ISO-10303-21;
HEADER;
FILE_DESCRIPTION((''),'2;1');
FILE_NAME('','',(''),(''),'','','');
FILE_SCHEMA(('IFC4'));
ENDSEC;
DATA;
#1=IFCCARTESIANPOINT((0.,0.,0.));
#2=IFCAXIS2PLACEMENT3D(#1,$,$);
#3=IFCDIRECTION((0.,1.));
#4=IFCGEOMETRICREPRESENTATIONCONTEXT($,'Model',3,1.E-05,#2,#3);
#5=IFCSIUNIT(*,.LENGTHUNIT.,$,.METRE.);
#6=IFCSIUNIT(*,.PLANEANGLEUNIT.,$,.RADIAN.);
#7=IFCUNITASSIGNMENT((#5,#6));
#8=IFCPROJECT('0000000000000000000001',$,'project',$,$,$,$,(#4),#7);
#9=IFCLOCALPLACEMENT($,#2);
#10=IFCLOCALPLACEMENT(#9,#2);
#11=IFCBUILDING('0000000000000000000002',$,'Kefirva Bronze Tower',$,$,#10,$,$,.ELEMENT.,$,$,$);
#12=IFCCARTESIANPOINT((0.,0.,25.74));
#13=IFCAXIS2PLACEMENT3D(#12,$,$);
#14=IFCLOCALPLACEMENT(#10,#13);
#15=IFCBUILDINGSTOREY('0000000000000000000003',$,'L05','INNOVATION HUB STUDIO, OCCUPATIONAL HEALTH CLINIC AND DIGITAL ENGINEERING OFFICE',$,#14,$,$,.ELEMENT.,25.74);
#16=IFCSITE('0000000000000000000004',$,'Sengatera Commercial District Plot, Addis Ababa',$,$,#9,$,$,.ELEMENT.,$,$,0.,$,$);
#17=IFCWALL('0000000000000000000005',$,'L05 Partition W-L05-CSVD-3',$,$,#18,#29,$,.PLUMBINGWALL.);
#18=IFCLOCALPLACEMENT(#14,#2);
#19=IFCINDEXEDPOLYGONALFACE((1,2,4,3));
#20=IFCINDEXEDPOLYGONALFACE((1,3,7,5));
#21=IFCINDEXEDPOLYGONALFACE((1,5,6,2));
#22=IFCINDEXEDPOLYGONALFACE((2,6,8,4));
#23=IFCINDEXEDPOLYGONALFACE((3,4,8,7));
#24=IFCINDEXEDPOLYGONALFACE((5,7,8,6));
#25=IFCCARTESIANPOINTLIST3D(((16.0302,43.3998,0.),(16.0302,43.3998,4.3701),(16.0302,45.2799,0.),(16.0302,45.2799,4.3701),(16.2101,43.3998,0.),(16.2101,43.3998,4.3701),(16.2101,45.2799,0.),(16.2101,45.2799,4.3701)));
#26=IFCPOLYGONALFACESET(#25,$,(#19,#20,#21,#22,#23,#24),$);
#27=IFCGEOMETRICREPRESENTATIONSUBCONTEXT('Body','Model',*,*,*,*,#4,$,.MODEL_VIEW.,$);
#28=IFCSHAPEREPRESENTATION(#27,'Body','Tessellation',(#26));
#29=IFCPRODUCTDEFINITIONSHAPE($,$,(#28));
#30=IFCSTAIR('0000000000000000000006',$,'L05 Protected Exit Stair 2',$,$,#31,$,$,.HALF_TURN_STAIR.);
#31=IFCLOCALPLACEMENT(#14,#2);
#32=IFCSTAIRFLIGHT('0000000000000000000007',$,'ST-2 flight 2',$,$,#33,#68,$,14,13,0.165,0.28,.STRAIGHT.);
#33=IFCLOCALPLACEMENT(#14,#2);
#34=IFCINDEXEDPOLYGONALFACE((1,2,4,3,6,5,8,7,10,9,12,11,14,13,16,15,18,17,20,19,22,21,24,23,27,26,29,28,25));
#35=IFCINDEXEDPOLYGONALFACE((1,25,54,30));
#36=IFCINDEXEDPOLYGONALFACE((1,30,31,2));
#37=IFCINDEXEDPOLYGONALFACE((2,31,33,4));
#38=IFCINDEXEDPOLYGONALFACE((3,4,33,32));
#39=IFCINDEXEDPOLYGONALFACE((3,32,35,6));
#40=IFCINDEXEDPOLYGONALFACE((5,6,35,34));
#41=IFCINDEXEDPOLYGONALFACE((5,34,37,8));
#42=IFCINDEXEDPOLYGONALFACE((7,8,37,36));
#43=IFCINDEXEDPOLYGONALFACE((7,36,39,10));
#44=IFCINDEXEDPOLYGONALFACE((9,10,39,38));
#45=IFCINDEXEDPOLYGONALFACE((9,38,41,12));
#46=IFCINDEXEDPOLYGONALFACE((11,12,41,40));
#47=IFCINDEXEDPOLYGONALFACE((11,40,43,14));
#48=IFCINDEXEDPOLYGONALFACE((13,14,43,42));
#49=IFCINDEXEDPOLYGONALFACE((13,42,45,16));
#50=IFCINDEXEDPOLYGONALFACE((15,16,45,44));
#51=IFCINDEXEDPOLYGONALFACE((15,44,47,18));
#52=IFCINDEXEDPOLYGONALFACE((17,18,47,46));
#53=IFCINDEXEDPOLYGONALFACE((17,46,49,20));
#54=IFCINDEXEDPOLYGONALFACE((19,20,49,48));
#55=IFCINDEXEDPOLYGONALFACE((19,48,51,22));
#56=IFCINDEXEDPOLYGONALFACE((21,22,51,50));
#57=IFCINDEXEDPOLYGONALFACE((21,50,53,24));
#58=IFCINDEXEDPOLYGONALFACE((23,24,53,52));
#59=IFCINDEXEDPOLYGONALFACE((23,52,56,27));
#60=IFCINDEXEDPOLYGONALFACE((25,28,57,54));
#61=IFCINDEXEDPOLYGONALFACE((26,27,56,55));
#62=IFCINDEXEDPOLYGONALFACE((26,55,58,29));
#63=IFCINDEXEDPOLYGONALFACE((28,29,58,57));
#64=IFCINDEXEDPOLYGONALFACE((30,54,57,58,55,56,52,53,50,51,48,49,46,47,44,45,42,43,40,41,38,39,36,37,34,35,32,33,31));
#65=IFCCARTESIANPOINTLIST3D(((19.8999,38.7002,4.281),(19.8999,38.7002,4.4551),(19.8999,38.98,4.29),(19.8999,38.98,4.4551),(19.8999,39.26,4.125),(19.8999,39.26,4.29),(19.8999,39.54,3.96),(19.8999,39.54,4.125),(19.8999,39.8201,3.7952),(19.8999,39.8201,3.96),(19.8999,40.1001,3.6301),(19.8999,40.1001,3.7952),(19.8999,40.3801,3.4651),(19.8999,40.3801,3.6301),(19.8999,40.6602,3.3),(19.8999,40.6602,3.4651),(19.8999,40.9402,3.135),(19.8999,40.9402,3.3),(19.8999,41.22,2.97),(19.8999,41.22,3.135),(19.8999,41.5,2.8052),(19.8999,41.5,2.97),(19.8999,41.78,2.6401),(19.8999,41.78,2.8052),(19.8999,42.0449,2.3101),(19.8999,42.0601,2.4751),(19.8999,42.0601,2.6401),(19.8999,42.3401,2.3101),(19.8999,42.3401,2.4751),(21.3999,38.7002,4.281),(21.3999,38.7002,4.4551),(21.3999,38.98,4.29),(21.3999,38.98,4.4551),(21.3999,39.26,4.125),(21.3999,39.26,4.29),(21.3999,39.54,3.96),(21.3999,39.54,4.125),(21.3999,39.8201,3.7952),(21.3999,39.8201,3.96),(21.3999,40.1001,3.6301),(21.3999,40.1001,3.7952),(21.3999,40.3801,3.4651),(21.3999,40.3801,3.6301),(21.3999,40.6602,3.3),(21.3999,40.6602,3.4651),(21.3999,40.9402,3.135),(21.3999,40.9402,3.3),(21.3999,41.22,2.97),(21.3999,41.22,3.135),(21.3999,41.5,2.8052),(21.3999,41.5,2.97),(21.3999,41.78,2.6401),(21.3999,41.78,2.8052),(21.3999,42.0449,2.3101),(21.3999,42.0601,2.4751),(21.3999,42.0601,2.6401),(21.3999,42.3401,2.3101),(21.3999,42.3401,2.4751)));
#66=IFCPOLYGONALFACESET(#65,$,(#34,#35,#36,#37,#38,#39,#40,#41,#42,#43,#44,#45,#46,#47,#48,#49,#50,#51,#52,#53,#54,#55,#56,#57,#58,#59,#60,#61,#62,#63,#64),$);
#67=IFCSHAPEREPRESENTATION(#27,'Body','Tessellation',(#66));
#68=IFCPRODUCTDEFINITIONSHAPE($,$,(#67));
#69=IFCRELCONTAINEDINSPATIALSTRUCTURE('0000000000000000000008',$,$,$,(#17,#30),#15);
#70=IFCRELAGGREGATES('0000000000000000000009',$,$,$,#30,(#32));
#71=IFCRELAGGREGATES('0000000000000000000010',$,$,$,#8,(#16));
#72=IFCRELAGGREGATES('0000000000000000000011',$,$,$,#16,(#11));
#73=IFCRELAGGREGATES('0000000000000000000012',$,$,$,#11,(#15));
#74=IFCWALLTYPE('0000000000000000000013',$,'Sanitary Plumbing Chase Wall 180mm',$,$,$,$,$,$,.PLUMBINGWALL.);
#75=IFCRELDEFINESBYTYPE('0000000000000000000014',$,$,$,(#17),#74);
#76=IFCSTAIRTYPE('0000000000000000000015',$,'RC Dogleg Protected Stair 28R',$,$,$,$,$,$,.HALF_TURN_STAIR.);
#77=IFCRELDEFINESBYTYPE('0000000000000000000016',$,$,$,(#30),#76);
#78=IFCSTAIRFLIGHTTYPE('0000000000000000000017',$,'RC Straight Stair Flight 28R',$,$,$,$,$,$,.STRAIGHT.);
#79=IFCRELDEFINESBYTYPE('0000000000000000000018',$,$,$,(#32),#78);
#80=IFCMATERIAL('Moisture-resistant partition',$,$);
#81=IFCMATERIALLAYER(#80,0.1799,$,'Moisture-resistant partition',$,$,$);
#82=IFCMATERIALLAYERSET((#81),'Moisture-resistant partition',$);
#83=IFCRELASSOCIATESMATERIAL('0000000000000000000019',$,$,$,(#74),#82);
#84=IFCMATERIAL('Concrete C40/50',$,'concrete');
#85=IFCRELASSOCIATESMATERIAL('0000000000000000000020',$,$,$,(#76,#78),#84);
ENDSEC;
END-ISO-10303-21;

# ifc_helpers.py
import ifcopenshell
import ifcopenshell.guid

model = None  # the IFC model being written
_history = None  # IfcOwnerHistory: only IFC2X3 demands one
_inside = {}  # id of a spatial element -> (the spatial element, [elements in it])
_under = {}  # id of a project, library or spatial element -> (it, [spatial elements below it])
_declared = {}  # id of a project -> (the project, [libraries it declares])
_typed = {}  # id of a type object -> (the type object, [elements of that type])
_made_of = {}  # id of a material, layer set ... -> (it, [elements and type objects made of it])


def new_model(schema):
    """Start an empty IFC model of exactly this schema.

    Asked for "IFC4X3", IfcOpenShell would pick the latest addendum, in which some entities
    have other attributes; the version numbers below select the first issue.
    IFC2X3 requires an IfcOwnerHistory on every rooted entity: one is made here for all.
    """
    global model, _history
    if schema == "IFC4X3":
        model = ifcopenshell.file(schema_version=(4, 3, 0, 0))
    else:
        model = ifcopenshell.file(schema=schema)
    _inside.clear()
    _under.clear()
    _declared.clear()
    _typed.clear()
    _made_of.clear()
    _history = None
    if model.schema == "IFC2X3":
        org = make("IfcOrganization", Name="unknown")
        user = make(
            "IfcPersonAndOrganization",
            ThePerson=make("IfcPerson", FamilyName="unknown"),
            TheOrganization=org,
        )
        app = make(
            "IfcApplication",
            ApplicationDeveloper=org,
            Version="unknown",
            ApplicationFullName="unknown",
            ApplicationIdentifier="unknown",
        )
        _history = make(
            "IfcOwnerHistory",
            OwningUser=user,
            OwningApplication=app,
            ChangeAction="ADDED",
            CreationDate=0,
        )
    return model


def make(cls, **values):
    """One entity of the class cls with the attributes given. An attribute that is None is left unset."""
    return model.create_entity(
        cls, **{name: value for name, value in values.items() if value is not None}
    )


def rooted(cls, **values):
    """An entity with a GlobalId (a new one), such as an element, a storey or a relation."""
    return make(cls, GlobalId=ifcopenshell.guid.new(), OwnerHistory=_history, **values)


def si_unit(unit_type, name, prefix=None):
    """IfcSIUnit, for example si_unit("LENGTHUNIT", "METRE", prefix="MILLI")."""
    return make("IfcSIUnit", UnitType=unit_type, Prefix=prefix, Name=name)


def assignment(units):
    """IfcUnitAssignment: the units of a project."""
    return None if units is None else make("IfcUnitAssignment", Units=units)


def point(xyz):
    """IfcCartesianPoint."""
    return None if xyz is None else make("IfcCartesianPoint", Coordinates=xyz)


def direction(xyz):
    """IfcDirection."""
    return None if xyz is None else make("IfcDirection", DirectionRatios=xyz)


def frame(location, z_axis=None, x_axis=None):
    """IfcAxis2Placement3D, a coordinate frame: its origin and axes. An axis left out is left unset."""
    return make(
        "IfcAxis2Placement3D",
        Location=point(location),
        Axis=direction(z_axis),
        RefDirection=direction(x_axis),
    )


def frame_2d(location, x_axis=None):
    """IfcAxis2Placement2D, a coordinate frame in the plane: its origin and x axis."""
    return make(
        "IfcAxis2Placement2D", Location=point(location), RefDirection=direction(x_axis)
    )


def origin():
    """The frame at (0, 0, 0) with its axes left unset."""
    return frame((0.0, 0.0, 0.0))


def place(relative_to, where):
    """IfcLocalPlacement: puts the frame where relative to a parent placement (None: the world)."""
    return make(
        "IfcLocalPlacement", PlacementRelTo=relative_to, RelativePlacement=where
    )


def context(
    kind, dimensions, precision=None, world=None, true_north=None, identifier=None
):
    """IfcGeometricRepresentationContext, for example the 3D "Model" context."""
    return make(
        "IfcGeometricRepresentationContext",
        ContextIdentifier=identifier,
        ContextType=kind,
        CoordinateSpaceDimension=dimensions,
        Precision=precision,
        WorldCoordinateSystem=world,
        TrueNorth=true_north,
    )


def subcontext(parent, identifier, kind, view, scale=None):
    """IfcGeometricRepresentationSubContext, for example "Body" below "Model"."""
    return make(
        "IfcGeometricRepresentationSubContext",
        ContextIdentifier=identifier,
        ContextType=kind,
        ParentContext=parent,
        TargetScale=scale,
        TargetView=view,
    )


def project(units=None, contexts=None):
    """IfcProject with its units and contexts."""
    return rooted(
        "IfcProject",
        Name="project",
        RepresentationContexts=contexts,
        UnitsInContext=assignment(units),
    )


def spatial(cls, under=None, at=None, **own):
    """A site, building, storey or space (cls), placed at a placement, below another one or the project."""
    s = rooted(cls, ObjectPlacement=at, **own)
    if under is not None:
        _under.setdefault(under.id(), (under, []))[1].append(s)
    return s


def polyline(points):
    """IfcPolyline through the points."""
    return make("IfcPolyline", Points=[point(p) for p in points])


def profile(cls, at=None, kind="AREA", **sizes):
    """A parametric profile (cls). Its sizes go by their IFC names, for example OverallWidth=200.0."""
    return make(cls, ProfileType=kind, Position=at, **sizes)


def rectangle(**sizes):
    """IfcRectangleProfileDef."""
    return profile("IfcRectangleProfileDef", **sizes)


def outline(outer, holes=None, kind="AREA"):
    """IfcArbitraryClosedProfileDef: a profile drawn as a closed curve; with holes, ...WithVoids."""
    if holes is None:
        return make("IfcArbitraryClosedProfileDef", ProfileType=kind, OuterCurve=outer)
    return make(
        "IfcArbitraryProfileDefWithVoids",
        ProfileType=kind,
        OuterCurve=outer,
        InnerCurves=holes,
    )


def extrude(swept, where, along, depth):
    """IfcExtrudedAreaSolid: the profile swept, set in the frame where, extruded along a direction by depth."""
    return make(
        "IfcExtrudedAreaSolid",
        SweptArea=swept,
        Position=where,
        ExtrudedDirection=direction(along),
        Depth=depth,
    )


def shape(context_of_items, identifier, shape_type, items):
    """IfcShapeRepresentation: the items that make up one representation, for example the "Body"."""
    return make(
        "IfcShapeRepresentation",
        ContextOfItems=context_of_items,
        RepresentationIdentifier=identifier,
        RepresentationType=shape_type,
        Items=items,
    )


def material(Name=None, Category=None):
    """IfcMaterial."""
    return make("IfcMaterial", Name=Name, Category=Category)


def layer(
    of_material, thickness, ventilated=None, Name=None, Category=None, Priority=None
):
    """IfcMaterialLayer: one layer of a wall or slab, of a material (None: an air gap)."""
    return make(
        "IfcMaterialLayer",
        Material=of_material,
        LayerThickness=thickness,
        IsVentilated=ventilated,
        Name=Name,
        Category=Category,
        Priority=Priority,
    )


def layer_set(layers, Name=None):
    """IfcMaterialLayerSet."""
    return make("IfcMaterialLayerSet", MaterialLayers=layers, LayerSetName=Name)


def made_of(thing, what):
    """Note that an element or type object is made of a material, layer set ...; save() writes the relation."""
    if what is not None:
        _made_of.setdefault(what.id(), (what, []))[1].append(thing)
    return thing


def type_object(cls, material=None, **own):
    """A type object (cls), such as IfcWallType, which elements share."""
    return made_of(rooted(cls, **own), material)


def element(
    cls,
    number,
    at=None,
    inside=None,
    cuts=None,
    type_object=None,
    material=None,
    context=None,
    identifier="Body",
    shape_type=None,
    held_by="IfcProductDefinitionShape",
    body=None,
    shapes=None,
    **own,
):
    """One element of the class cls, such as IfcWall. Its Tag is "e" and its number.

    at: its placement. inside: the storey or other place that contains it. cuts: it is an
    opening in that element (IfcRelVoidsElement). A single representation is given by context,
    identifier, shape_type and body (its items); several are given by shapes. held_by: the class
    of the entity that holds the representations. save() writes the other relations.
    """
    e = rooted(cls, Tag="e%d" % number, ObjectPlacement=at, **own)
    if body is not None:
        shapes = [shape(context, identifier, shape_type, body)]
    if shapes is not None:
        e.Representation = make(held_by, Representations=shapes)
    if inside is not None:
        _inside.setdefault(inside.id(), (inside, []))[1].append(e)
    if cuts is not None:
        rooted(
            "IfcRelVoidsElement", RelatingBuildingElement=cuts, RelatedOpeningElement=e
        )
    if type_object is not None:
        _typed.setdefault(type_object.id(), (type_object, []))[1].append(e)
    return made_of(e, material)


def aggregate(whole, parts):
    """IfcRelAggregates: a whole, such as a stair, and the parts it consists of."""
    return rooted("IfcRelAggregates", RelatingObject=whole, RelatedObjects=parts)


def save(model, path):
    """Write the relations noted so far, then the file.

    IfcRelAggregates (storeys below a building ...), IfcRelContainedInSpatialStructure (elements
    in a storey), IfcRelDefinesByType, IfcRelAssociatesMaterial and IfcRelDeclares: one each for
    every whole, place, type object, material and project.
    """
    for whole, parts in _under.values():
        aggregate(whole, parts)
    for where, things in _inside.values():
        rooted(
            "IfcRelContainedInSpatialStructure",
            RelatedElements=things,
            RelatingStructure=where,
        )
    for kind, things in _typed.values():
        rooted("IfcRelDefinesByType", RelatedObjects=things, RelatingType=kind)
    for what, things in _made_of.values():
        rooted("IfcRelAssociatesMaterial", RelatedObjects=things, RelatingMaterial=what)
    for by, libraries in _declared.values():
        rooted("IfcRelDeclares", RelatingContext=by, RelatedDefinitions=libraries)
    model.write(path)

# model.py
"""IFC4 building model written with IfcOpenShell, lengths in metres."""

from ifc_helpers import new_model, si_unit, direction, frame, frame_2d, origin, place, context, subcontext, project, spatial, polyline, rectangle, outline, extrude, material, layer, layer_set, type_object, element, aggregate, save


model = new_model("IFC4")

# Units and contexts
model_context = context("Model", 3, precision=1e-05, world=origin(), true_north=direction((0.0, 1.0)))
body_context = subcontext(model_context, "Body", "Model", "MODEL_VIEW")
ifc_project = project(units=[si_unit("LENGTHUNIT", "METRE"), si_unit("PLANEANGLEUNIT", "RADIAN")], contexts=[model_context])

# Site, building, storey
site_placement = place(None, origin())
site = spatial("IfcSite", under=ifc_project, at=site_placement, Name="Sengatera Commercial District Plot, Addis Ababa", CompositionType="ELEMENT", RefElevation=0.0)
building_placement = place(site_placement, origin())
building = spatial("IfcBuilding", under=site, at=building_placement, Name="Kefirva Bronze Tower", CompositionType="ELEMENT")
storey_placement = place(building_placement, frame((0.0, 0.0, 25.74)))
storey = spatial("IfcBuildingStorey", under=building, at=storey_placement, Name="L05", Description="INNOVATION HUB STUDIO, OCCUPATIONAL HEALTH CLINIC AND DIGITAL ENGINEERING OFFICE", CompositionType="ELEMENT", Elevation=25.74)

# Wall
ifc_material_1 = material(Name="Moisture-resistant partition")
ifc_layer_1 = layer(ifc_material_1, 0.1799, Name="Moisture-resistant partition")
ifc_layer_set_1 = layer_set([ifc_layer_1], Name="Moisture-resistant partition")
wall_type_1 = type_object("IfcWallType", Name="Sanitary Plumbing Chase Wall 180mm", PredefinedType="PLUMBINGWALL", material=ifc_layer_set_1)
for number, where, z_axis, x_axis, name in (
    (1, (16.1201, 43.3999, 0.0), (0.0, 0.0, 1.0), (0.0, 1.0, 0.0), "L05 Partition W-L05-CSVD-3"),
):
    element("IfcWall", number, at=place(storey_placement, frame(where, z_axis=z_axis, x_axis=x_axis)), inside=storey, type_object=wall_type_1, Name=name, PredefinedType="PLUMBINGWALL", context=body_context, shape_type="SweptSolid", body=[
        extrude(rectangle(XDim=1.8801, YDim=0.1799, at=frame_2d((0.9399, 0.0))), origin(), (0.0, 0.0, 1.0), 4.3701),
    ])

# Stair, stair flight
ifc_material_2 = material(Name="Concrete C40/50", Category="concrete")
stair_type = type_object("IfcStairType", Name="RC Dogleg Protected Stair 28R", PredefinedType="HALF_TURN_STAIR", material=ifc_material_2)
stair_placement = place(storey_placement, origin())
stair = element("IfcStair", 2, at=stair_placement, inside=storey, type_object=stair_type, Name="L05 Protected Exit Stair 2", PredefinedType="HALF_TURN_STAIR")
stair_flight_type = type_object("IfcStairFlightType", Name="RC Straight Stair Flight 28R", PredefinedType="STRAIGHT", material=ifc_material_2)
stair_flight_placement = place(storey_placement, frame((20.6499, 42.3401, 2.3101), z_axis=(0.0, 0.0, 1.0), x_axis=(0.0, -1.0, 0.0)))
stair_flight = element("IfcStairFlight", 3, at=stair_flight_placement, type_object=stair_flight_type, Name="ST-2 flight 2", NumberOfRisers=14, NumberOfTreads=13, PredefinedType="STRAIGHT", RiserHeight=0.165, TreadLength=0.28, context=body_context, shape_type="SweptSolid", body=[
    extrude(outline(polyline([(0.0, 0.0), (0.0, 0.165), (0.28, 0.165), (0.28, 0.3301), (0.5601, 0.3301), (0.5601, 0.4951), (0.8401, 0.4951), (0.8401, 0.6599), (1.1201, 0.6599), (1.1201, 0.825), (1.3999, 0.825), (1.3999, 0.99), (1.6799, 0.99), (1.6799, 1.155), (1.96, 1.155), (1.96, 1.3201), (2.24, 1.3201), (2.24, 1.4851), (2.52, 1.4851), (2.52, 1.6499), (2.8, 1.6499), (2.8, 1.8149), (3.0801, 1.8149), (3.0801, 1.98), (3.3601, 1.98), (3.3601, 2.145), (3.6399, 2.145), (3.6399, 2.3101), (3.6399, 1.9709), (0.2952, 0.0), (0.0, 0.0)])), frame((0.0, 0.75, 0.0), z_axis=(0.0, -1.0, 0.0), x_axis=(1.0, 0.0, 0.0)), (0.0, 0.0, 1.0), 1.5),
])
aggregate(stair, [stair_flight])

save(model, "model.ifc")
